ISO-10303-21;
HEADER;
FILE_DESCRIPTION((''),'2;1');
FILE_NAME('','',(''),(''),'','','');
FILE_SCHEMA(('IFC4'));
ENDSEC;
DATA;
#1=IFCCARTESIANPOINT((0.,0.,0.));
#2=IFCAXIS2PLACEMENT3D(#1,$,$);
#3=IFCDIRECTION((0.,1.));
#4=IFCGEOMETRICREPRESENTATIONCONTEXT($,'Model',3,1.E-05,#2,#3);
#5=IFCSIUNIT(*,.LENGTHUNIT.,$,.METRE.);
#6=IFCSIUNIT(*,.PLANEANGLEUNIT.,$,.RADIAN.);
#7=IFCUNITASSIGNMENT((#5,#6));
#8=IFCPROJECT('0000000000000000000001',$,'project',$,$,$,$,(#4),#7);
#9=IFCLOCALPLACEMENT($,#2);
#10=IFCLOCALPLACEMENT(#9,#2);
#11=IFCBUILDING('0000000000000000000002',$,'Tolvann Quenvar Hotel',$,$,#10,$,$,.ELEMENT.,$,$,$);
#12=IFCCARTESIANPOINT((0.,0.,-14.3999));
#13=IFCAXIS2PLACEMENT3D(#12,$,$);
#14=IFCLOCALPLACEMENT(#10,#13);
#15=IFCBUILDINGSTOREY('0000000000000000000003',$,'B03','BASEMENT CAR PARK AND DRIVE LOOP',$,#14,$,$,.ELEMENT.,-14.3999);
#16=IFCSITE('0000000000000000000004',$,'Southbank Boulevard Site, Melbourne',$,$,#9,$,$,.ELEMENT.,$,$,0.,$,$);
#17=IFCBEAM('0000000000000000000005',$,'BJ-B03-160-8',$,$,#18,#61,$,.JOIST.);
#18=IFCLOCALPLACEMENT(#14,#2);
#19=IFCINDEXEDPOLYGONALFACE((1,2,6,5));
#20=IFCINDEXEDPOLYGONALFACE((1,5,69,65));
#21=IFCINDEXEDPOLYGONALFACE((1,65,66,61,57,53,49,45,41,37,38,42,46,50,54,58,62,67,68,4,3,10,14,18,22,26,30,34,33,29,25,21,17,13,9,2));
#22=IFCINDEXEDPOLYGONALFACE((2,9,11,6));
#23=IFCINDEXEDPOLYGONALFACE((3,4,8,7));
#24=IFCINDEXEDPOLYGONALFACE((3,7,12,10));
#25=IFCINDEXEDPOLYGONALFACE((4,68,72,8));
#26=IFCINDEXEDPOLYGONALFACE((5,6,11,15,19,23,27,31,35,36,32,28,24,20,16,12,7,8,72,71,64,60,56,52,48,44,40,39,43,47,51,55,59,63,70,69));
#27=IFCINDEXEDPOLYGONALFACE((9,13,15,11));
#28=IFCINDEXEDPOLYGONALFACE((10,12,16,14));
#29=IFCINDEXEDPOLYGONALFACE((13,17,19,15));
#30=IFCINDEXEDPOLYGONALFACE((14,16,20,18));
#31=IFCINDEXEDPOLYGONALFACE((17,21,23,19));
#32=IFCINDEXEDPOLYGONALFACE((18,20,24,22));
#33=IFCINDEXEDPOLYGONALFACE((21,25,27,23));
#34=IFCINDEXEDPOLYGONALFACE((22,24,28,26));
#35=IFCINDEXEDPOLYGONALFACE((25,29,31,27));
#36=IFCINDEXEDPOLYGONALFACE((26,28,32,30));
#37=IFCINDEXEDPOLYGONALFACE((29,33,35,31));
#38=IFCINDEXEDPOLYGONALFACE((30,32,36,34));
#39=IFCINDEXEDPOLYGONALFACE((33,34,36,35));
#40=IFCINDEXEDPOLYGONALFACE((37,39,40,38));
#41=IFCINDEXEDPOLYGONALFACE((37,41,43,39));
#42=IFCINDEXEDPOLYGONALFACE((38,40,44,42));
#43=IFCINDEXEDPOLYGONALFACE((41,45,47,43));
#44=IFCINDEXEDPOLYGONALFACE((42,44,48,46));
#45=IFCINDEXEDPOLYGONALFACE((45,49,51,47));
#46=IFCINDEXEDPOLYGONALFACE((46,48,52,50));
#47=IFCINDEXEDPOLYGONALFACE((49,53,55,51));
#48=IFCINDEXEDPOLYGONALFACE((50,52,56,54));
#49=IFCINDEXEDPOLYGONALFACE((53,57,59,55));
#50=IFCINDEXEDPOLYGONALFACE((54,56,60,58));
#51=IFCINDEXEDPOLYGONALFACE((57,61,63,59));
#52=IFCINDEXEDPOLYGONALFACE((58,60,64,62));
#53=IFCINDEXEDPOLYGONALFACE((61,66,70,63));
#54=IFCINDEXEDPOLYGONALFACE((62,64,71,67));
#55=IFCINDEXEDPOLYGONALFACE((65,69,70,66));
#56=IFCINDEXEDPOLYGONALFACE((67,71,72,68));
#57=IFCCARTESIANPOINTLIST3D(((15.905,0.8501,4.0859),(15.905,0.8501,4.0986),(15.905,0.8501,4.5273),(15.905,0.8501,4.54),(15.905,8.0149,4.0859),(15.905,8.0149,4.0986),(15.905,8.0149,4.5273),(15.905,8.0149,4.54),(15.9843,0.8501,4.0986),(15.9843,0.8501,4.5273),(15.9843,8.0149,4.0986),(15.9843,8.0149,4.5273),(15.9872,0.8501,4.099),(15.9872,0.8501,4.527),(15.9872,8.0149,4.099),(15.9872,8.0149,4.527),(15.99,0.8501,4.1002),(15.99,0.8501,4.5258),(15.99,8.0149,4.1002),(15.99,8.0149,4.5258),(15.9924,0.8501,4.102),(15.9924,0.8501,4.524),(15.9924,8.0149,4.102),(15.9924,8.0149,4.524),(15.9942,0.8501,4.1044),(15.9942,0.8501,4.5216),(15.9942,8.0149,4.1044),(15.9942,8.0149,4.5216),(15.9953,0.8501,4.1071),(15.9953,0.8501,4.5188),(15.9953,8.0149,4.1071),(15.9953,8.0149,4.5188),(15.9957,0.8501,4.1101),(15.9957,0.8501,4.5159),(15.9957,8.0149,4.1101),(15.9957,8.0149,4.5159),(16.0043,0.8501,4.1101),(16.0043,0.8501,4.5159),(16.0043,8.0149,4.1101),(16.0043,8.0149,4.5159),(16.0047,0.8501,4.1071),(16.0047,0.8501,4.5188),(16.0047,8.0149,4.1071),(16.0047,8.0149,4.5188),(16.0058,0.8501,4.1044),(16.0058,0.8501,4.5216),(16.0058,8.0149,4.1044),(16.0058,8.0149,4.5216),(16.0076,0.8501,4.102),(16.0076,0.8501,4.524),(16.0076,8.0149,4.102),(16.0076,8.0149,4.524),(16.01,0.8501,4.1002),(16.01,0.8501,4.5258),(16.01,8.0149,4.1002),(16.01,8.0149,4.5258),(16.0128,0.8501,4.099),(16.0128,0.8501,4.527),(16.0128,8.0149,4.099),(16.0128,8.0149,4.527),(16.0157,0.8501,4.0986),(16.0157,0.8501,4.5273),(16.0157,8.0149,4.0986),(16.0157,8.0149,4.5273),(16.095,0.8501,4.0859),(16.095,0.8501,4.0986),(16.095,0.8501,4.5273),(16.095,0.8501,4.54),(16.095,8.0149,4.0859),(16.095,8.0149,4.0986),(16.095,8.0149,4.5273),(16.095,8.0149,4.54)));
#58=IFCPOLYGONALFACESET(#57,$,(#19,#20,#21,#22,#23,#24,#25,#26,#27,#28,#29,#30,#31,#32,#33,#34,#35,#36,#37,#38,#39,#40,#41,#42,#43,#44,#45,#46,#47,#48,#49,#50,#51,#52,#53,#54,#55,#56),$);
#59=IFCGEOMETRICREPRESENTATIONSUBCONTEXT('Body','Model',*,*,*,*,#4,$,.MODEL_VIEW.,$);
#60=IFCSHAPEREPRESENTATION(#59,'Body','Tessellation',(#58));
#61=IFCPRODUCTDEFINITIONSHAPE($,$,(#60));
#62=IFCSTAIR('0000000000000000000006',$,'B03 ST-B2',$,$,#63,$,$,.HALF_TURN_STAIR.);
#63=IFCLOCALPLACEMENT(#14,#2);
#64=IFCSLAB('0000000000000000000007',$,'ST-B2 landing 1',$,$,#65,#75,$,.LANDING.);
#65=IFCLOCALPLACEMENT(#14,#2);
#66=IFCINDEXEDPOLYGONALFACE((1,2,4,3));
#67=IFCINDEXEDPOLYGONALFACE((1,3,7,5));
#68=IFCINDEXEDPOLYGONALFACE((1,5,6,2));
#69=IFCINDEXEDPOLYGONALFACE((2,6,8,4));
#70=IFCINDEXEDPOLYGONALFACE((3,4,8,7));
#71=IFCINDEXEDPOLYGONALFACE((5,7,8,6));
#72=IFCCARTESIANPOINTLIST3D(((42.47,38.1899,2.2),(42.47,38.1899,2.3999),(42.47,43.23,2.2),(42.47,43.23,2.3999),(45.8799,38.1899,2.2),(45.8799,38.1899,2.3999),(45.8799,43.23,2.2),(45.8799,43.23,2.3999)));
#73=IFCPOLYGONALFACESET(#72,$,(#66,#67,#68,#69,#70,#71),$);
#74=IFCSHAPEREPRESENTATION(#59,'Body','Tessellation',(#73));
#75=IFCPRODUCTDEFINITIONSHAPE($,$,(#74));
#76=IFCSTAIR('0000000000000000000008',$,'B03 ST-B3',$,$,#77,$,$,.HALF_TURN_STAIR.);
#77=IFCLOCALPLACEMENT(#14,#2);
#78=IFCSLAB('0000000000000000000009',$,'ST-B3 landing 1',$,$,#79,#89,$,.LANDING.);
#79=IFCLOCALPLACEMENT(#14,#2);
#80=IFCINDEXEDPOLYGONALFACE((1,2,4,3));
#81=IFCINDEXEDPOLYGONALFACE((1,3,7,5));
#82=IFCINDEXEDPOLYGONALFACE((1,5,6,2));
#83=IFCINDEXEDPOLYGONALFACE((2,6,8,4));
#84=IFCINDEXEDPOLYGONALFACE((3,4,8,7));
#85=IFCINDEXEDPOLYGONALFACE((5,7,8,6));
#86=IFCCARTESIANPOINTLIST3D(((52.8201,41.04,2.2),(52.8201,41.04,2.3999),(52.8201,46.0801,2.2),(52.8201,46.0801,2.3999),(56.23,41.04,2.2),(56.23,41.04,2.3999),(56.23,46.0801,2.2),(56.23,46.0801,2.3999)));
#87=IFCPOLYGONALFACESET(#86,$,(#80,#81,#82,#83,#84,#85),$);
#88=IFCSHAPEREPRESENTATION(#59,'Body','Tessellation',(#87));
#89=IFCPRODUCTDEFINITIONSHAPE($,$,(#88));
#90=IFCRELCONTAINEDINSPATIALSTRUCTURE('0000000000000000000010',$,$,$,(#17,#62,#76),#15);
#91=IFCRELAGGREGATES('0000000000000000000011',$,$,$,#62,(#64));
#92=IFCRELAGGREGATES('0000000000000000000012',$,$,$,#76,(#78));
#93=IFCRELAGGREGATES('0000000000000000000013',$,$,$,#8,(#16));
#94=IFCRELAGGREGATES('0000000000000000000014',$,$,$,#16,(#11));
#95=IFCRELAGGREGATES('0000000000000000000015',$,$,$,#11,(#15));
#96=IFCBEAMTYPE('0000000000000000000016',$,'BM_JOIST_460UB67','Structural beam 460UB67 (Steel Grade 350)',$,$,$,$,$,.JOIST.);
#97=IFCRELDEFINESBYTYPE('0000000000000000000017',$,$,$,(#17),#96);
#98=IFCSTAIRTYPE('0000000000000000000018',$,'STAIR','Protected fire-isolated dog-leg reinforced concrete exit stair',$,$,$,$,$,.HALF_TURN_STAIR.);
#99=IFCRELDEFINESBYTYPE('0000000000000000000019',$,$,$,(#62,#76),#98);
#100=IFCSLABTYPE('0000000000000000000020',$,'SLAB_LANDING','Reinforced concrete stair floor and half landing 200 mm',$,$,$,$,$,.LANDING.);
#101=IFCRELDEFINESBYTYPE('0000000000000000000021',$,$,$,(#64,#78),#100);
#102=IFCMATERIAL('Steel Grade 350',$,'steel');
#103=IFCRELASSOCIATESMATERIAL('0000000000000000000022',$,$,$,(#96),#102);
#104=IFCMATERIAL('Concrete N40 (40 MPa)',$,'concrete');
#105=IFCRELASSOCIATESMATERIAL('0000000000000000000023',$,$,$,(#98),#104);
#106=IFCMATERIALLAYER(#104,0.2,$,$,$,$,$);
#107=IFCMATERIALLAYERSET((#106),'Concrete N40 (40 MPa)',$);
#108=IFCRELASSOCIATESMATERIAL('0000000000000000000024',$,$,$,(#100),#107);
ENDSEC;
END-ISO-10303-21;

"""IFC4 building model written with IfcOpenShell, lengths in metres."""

from ifc_helpers import new_model, si_unit, direction, frame, origin, origin_2d, place, context, subcontext, project, spatial, polyline, i_section, outline, extrude, source, transform, mapped, material, layer, layer_set, material_profile, profile_set, type_object, type_shapes, element, aggregate, save


model = new_model("IFC4")

# Units and contexts
model_context = context("Model", 3, precision=1e-05, world=origin(), true_north=direction((0.0, 1.0)))
body_context = subcontext(model_context, "Body", "Model", "MODEL_VIEW")
ifc_project = project(units=[si_unit("LENGTHUNIT", "METRE"), si_unit("PLANEANGLEUNIT", "RADIAN")], contexts=[model_context])

# Site, building, storey
site_placement = place(None, origin())
site = spatial("IfcSite", under=ifc_project, at=site_placement, Name="Southbank Boulevard Site, Melbourne", CompositionType="ELEMENT", RefElevation=0.0)
building_placement = place(site_placement, origin())
building = spatial("IfcBuilding", under=site, at=building_placement, Name="Tolvann Quenvar Hotel", CompositionType="ELEMENT")
storey_placement = place(building_placement, frame((0.0, 0.0, -14.3999)))
storey = spatial("IfcBuildingStorey", under=building, at=storey_placement, Name="B03", Description="BASEMENT CAR PARK AND DRIVE LOOP", CompositionType="ELEMENT", Elevation=-14.3999)

# Beam
ifc_material_1 = material(Name="Steel Grade 350", Category="steel")
ifc_material_profile_1 = material_profile(ifc_material_1, i_section(OverallWidth=0.1899, OverallDepth=0.4541, WebThickness=0.0085, FlangeThickness=0.0127, FilletRadius=0.0115, at=origin_2d()), Name="460UB67")
ifc_profile_set_1 = profile_set([ifc_material_profile_1], Name="Steel Grade 350")
beam_type_1 = type_object("IfcBeamType", Name="BM_JOIST_460UB67", Description="Structural beam 460UB67 (Steel Grade 350)", PredefinedType="JOIST", material=ifc_profile_set_1)
shared_shape_1 = source(origin(), body_context, "Body", "SweptSolid", [
    extrude(i_section(OverallWidth=0.1899, OverallDepth=0.4541, WebThickness=0.0085, FlangeThickness=0.0127, FilletRadius=0.0115, at=origin_2d()), origin(), (0.0, 0.0, 1.0), 7.1648),
])
type_shapes(beam_type_1, [shared_shape_1])
for number, where, z_axis, x_axis, name in (
    (1, (16.0, 0.8501, 4.313), (0.0, 1.0, 0.0), (-1.0, 0.0, 0.0), "BJ-B03-160-8"),
):
    element("IfcBeam", number, at=place(storey_placement, frame(where, z_axis=z_axis, x_axis=x_axis)), inside=storey, type_object=beam_type_1, Name=name, PredefinedType="JOIST", context=body_context, shape_type="MappedRepresentation", body=[
        mapped(shared_shape_1, transform((0.0, 0.0, 0.0), x_axis=(1.0, 0.0, 0.0), y_axis=(0.0, 1.0, 0.0), z_axis=(0.0, 0.0, 1.0), scale=1.0)),
    ])

# Stairs, slabs
ifc_material_2 = material(Name="Concrete N40 (40 MPa)", Category="concrete")
stair_type = type_object("IfcStairType", Name="STAIR", Description="Protected fire-isolated dog-leg reinforced concrete exit stair", PredefinedType="HALF_TURN_STAIR", material=ifc_material_2)
stair_1_placement = place(storey_placement, origin())
stair_1 = element("IfcStair", 2, at=stair_1_placement, inside=storey, type_object=stair_type, Name="B03 ST-B2", PredefinedType="HALF_TURN_STAIR")
ifc_layer = layer(ifc_material_2, 0.2)
ifc_layer_set = layer_set([ifc_layer], Name="Concrete N40 (40 MPa)")
slab_type = type_object("IfcSlabType", Name="SLAB_LANDING", Description="Reinforced concrete stair floor and half landing 200 mm", PredefinedType="LANDING", material=ifc_layer_set)
slab_1_placement = place(storey_placement, frame((0.0, 0.0, 2.2)))
slab_1 = element("IfcSlab", 3, at=slab_1_placement, type_object=slab_type, Name="ST-B2 landing 1", PredefinedType="LANDING", context=body_context, shape_type="SweptSolid", body=[
    extrude(outline(polyline([(45.8799, 38.1899), (45.8799, 43.23), (42.47, 43.23), (42.47, 38.1899), (45.8799, 38.1899)])), origin(), (0.0, 0.0, 1.0), 0.2),
])
aggregate(stair_1, [slab_1])
stair_2_placement = place(storey_placement, origin())
stair_2 = element("IfcStair", 4, at=stair_2_placement, inside=storey, type_object=stair_type, Name="B03 ST-B3", PredefinedType="HALF_TURN_STAIR")
slab_2_placement = place(storey_placement, frame((0.0, 0.0, 2.2)))
slab_2 = element("IfcSlab", 5, at=slab_2_placement, type_object=slab_type, Name="ST-B3 landing 1", PredefinedType="LANDING", context=body_context, shape_type="SweptSolid", body=[
    extrude(outline(polyline([(56.23, 41.04), (56.23, 46.0801), (52.8201, 46.0801), (52.8201, 41.04), (56.23, 41.04)])), origin(), (0.0, 0.0, 1.0), 0.2),
])
aggregate(stair_2, [slab_2])

save(model, "model.ifc")
